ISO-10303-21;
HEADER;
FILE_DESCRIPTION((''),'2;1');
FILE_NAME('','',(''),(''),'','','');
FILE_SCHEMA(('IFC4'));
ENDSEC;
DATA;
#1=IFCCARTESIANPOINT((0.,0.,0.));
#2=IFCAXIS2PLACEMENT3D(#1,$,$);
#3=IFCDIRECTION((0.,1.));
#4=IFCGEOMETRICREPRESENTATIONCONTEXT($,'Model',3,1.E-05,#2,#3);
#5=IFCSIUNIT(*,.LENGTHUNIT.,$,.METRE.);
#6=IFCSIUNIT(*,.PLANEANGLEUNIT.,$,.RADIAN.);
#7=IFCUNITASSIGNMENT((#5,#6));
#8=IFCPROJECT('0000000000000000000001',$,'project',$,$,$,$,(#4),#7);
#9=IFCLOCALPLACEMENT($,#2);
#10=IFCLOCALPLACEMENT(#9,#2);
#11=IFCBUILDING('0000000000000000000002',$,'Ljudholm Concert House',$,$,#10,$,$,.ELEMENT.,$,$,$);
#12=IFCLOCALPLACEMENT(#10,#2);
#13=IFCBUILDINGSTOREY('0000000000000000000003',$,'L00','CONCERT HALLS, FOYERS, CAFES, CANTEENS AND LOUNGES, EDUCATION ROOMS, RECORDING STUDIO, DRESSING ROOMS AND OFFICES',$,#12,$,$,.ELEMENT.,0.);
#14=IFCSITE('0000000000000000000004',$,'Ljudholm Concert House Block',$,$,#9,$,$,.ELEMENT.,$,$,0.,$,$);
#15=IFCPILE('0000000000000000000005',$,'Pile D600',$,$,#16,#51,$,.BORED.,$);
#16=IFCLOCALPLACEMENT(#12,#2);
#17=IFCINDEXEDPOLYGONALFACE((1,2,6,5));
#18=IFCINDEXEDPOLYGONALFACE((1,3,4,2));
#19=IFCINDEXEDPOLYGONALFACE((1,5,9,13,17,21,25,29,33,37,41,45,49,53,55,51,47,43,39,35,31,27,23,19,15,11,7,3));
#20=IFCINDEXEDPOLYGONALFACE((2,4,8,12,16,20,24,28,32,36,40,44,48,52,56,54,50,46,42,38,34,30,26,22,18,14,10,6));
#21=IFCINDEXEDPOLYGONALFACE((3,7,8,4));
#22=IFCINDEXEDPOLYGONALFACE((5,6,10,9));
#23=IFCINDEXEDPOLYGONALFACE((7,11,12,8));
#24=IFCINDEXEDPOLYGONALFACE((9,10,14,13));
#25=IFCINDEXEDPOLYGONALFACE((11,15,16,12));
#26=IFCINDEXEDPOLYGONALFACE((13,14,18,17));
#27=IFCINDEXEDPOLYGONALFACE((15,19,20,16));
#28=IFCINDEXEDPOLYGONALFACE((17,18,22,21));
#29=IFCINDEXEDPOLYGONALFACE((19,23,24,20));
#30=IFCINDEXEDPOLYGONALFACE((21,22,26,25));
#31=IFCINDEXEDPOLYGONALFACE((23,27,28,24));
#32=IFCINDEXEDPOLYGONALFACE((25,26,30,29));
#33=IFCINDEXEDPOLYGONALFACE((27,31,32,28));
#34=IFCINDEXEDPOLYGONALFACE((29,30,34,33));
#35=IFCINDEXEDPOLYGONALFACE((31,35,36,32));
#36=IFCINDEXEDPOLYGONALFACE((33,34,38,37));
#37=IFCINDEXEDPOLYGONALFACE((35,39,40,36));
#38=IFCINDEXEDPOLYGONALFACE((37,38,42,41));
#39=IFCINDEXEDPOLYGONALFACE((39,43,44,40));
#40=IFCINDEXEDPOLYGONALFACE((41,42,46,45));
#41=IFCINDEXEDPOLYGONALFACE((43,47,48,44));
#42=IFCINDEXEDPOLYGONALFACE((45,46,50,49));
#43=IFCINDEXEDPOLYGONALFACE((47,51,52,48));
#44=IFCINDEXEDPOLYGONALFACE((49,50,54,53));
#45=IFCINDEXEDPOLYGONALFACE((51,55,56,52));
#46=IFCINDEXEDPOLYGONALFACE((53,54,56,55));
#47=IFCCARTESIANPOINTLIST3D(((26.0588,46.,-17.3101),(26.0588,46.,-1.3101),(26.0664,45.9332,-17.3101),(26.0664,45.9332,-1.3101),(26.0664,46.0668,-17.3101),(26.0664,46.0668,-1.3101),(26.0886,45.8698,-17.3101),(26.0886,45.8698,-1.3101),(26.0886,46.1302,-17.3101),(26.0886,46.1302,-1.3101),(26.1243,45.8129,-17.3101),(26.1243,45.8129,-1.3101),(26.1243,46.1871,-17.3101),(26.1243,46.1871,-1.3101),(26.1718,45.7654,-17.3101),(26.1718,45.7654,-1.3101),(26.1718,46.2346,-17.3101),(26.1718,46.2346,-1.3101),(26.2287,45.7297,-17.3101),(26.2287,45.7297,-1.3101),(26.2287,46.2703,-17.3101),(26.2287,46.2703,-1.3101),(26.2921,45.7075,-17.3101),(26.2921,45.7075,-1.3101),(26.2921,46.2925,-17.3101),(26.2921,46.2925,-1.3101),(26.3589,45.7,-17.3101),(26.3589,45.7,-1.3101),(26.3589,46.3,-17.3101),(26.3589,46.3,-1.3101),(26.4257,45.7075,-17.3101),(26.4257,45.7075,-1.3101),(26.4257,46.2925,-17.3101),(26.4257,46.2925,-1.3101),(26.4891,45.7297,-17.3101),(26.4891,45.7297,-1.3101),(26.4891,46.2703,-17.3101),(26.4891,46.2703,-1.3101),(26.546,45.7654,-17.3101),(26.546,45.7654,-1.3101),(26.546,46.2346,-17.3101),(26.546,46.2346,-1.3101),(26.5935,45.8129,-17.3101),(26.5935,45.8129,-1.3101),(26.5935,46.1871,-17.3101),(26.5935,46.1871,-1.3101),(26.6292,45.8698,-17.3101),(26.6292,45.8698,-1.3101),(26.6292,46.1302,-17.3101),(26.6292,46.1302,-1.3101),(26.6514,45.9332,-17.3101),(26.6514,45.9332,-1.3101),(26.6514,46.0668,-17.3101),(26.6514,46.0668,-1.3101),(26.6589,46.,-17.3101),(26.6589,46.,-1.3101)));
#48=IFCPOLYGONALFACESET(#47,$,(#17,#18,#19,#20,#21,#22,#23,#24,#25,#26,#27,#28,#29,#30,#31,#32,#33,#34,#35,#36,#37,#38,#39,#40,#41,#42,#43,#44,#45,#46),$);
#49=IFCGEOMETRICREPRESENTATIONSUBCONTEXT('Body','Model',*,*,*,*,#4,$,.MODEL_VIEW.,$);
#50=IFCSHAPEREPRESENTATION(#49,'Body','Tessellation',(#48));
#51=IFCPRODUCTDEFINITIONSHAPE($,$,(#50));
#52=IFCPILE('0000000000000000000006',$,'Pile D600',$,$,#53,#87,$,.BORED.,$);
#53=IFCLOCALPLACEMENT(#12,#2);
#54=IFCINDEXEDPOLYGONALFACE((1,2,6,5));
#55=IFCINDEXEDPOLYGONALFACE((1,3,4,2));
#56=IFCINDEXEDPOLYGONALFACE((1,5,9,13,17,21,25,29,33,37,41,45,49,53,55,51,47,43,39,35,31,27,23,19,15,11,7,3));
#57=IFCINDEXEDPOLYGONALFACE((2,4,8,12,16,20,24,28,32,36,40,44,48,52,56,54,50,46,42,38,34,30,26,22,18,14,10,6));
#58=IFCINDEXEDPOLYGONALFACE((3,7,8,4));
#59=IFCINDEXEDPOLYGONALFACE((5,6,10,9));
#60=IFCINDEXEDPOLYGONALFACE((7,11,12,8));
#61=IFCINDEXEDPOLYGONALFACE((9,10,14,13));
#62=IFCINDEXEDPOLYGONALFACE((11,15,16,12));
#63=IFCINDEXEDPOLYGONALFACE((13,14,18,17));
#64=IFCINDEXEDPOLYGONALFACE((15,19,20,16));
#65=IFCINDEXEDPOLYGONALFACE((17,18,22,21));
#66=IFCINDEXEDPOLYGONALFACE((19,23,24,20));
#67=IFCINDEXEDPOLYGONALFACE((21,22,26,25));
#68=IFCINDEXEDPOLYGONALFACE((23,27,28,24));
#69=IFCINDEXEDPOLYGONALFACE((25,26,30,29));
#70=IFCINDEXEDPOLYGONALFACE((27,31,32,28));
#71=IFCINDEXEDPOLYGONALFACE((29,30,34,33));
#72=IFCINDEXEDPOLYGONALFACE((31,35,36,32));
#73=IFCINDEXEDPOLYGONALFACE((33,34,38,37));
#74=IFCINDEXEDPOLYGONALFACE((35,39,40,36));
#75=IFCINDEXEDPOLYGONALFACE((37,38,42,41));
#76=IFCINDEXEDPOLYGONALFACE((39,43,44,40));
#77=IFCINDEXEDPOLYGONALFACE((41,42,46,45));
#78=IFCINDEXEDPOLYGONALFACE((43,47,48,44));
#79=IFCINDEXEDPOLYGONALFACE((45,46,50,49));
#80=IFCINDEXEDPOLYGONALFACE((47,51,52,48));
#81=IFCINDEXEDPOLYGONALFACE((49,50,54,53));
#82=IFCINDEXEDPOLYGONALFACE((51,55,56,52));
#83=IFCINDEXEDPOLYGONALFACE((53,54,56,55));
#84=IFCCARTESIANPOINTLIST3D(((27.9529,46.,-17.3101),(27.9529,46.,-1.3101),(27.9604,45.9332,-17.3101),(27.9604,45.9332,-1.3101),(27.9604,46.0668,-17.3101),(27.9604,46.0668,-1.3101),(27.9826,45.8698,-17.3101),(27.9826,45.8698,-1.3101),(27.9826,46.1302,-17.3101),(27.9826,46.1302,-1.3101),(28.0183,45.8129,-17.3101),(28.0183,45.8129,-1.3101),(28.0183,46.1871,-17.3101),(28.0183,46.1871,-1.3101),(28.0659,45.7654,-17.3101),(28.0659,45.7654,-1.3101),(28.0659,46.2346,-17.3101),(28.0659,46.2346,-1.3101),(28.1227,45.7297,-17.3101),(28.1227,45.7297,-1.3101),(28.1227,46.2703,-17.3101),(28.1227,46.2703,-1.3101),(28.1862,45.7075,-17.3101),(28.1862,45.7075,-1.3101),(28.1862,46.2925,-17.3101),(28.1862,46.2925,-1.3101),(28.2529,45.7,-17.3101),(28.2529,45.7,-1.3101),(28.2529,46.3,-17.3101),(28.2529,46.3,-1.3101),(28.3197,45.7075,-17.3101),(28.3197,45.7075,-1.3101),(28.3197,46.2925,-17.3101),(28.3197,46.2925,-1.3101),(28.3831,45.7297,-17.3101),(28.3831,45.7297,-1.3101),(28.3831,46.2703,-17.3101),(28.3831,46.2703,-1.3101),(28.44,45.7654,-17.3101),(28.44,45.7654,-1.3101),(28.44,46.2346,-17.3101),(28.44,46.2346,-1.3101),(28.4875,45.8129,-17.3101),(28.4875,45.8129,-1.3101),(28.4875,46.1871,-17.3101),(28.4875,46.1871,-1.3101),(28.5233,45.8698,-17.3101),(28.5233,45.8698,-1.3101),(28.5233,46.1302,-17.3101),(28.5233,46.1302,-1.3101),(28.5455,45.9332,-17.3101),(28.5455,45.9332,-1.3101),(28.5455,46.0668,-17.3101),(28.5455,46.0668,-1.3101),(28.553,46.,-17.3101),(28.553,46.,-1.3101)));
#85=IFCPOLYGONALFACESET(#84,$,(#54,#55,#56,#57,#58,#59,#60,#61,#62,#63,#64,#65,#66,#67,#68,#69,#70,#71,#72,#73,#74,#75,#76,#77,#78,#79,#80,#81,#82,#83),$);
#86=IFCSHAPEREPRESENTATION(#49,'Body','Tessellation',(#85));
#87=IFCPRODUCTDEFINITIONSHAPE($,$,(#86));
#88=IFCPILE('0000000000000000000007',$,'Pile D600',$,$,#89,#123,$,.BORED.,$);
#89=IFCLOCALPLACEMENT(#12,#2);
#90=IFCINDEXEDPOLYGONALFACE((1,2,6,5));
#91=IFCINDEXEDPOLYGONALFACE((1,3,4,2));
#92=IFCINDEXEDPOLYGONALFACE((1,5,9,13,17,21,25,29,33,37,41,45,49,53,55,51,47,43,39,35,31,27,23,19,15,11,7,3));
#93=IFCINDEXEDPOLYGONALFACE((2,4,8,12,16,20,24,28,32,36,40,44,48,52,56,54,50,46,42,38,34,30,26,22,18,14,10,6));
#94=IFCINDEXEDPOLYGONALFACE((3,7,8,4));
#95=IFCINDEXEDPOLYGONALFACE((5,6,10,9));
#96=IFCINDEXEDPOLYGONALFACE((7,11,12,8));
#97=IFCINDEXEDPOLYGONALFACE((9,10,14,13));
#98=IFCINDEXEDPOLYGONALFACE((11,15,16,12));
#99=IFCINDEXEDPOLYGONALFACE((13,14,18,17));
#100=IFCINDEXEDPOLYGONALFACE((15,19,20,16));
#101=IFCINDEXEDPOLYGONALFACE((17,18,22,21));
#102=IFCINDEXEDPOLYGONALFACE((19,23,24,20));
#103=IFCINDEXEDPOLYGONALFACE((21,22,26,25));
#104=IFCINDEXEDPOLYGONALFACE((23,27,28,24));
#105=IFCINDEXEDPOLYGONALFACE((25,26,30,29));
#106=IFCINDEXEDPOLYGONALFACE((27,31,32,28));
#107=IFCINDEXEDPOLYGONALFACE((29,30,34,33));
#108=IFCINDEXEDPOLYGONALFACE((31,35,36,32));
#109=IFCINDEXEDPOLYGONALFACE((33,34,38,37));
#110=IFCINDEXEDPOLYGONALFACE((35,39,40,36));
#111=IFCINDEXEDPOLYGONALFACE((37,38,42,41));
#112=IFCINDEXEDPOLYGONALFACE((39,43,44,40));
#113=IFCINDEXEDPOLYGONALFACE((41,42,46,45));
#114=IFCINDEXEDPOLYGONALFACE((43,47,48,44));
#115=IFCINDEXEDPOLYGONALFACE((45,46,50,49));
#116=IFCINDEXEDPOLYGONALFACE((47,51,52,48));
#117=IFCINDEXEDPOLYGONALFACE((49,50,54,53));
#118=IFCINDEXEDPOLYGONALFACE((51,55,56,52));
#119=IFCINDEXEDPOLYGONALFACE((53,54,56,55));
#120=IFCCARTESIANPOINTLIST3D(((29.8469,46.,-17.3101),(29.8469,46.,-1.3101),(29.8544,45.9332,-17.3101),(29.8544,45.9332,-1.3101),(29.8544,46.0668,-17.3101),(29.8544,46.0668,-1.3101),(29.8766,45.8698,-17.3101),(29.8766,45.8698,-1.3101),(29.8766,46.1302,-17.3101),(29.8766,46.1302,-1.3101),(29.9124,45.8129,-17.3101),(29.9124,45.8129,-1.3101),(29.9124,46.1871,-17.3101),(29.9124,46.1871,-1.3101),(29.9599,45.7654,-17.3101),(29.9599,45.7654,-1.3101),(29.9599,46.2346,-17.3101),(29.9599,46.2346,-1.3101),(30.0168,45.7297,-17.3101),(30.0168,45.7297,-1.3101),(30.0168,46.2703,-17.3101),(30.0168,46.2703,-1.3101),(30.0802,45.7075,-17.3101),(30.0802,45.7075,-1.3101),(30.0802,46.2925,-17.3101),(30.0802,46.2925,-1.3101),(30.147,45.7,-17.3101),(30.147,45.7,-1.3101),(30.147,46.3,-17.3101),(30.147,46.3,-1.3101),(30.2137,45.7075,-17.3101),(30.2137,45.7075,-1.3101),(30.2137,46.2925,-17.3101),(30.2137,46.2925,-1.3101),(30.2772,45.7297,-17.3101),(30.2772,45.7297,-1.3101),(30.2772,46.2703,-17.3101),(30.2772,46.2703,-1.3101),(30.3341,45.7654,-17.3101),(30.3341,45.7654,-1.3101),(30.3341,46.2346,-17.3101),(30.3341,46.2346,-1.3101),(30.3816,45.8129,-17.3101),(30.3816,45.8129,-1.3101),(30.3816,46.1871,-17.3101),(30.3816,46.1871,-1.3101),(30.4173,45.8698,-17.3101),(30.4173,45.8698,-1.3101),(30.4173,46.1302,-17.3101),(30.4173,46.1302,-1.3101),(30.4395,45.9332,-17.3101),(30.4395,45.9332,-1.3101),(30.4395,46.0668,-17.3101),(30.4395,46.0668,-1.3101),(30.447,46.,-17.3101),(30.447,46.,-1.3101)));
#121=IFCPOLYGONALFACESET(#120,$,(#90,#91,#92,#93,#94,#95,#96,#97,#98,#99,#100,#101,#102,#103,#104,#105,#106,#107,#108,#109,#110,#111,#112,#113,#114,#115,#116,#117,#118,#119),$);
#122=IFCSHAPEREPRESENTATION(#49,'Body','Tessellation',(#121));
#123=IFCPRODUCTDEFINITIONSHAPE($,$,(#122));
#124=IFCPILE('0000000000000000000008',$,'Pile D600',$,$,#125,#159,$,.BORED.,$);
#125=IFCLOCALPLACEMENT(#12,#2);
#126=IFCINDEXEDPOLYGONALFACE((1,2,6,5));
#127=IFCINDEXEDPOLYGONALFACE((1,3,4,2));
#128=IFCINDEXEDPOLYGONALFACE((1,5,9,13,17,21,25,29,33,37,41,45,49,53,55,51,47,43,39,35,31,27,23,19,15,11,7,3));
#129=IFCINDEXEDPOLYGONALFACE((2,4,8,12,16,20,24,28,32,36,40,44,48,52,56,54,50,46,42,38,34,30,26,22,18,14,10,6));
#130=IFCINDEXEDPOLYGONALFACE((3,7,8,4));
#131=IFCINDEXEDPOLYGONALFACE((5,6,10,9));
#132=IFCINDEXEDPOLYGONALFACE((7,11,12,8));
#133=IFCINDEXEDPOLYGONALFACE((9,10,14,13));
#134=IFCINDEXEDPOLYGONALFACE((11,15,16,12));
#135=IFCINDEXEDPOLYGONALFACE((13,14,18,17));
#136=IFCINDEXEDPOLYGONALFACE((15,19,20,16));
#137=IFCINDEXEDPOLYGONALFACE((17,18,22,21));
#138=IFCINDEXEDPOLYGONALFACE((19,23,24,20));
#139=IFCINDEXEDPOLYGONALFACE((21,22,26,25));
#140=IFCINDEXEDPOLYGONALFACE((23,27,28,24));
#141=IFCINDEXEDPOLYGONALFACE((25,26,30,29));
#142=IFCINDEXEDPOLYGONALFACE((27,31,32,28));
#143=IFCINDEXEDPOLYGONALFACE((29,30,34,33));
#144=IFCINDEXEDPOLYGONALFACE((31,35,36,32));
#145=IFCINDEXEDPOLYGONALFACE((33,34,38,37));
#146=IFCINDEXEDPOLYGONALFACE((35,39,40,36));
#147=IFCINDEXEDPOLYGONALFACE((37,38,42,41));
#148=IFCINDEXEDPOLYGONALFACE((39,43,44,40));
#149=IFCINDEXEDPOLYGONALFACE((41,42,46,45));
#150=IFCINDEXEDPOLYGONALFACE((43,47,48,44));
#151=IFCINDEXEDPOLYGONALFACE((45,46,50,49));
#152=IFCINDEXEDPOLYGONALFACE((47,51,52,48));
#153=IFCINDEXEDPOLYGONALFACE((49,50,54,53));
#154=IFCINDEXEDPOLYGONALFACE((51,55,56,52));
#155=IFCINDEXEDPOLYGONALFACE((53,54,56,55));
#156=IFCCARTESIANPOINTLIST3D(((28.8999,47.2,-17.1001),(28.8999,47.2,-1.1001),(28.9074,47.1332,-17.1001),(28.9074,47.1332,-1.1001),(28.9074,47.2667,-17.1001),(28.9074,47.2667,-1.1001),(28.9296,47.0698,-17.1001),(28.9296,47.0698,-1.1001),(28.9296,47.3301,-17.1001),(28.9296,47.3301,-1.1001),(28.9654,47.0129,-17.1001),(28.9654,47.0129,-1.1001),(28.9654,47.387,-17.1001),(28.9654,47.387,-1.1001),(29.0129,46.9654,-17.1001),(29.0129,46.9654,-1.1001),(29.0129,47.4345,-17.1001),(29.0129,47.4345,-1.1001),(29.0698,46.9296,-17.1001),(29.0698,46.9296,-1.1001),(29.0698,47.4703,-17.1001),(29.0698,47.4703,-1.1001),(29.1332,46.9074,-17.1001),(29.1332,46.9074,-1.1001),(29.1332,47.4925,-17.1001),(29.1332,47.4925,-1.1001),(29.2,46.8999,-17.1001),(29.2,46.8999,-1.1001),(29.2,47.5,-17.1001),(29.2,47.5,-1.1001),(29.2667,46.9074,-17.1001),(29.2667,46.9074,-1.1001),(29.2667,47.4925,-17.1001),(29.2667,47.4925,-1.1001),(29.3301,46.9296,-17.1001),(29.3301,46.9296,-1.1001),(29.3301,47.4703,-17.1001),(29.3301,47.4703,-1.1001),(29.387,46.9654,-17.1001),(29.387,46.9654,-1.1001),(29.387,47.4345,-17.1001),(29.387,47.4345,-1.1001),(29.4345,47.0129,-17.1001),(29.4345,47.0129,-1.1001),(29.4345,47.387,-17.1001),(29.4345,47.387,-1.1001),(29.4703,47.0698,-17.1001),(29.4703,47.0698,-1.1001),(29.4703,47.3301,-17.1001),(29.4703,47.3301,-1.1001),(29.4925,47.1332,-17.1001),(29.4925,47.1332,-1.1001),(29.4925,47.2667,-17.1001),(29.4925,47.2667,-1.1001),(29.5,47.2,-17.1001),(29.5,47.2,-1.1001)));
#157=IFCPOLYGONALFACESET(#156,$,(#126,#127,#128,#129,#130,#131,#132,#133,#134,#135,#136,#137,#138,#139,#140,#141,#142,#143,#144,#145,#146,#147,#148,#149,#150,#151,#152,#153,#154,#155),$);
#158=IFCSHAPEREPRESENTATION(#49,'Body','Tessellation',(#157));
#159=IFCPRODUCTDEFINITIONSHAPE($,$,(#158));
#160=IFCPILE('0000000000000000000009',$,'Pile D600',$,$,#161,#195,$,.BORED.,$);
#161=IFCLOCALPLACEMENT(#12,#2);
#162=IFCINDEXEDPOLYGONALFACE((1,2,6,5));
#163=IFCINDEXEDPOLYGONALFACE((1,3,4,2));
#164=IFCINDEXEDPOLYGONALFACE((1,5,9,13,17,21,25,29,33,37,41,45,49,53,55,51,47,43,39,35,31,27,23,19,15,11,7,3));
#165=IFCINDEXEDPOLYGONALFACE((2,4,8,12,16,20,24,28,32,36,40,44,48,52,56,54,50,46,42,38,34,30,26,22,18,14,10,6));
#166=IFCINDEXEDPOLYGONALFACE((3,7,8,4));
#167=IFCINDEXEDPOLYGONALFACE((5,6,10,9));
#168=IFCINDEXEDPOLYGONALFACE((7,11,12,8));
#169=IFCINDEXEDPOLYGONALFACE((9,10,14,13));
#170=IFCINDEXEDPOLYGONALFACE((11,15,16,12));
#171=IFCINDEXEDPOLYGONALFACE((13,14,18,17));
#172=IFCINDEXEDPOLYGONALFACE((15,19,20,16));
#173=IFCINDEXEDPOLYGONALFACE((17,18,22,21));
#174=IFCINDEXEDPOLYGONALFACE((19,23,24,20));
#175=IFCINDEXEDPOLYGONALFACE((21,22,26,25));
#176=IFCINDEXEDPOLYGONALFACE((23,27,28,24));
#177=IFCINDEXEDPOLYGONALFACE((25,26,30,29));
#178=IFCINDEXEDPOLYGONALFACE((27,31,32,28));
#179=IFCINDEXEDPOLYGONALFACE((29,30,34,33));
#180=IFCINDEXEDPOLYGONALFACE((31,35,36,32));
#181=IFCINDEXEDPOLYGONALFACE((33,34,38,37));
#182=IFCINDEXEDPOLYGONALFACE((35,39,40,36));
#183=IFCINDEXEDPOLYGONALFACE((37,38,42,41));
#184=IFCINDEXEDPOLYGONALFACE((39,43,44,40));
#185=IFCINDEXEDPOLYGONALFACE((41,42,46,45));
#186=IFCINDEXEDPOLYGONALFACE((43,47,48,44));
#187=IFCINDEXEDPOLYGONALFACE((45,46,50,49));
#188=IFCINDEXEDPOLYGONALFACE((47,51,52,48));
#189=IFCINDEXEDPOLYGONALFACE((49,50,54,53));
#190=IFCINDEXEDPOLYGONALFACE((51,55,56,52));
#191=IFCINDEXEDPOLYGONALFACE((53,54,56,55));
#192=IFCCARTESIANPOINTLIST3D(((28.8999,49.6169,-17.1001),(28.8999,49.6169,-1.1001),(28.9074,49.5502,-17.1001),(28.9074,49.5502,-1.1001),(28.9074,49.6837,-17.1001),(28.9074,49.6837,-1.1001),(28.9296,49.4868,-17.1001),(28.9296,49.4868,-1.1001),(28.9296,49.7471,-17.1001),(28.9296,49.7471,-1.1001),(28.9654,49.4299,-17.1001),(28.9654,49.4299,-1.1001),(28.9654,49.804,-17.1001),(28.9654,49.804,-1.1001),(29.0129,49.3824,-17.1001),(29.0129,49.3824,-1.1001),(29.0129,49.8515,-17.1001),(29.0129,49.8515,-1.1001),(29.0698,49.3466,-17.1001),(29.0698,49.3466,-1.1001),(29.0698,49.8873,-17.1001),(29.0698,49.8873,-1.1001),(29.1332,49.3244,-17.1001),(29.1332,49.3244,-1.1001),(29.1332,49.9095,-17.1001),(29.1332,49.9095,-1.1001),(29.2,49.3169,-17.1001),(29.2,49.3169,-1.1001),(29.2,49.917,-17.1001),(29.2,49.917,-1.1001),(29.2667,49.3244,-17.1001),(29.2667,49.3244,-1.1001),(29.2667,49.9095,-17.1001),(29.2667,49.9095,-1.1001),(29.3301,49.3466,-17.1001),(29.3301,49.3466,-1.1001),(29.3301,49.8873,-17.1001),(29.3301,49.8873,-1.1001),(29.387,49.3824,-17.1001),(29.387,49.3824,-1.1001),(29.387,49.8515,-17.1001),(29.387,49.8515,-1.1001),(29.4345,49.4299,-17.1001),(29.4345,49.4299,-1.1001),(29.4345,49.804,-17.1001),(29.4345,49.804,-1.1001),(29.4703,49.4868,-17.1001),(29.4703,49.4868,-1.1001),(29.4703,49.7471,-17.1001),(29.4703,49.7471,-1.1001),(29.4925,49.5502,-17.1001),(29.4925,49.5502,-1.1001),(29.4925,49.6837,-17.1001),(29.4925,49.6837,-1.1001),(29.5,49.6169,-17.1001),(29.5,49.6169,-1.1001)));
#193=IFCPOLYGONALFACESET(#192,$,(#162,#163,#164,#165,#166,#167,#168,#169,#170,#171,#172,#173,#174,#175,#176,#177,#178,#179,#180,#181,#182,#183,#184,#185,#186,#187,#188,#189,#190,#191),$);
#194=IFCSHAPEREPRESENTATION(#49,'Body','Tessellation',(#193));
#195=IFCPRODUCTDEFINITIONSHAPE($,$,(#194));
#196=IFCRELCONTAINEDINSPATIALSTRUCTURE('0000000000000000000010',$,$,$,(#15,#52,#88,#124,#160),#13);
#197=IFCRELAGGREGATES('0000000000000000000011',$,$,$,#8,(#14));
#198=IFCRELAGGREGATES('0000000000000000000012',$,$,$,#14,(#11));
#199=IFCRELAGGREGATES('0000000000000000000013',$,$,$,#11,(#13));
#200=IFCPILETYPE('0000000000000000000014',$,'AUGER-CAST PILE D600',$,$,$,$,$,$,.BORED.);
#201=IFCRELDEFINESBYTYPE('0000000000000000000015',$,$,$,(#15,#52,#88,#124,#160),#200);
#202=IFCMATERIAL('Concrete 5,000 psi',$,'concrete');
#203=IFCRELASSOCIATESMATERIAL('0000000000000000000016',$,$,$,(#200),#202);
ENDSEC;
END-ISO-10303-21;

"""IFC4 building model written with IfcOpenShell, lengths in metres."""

from ifc_helpers import new_model, si_unit, direction, frame, origin, origin_2d, place, context, subcontext, project, spatial, circle, extrude, material, material_profile, profile_set, type_object, element, save


model = new_model("IFC4")

# Units and contexts
model_context = context("Model", 3, precision=1e-05, world=origin(), true_north=direction((0.0, 1.0)))
body_context = subcontext(model_context, "Body", "Model", "MODEL_VIEW")
ifc_project = project(units=[si_unit("LENGTHUNIT", "METRE"), si_unit("PLANEANGLEUNIT", "RADIAN")], contexts=[model_context])

# Site, building, storey
site_placement = place(None, origin())
site = spatial("IfcSite", under=ifc_project, at=site_placement, Name="Ljudholm Concert House Block", CompositionType="ELEMENT", RefElevation=0.0)
building_placement = place(site_placement, origin())
building = spatial("IfcBuilding", under=site, at=building_placement, Name="Ljudholm Concert House", CompositionType="ELEMENT")
storey_placement = place(building_placement, origin())
storey = spatial("IfcBuildingStorey", under=building, at=storey_placement, Name="L00", Description="CONCERT HALLS, FOYERS, CAFES, CANTEENS AND LOUNGES, EDUCATION ROOMS, RECORDING STUDIO, DRESSING ROOMS AND OFFICES", CompositionType="ELEMENT", Elevation=0.0)

# Piles
ifc_material_1 = material(Name="Concrete 5,000 psi", Category="concrete")
ifc_material_profile_1 = material_profile(ifc_material_1, circle(Radius=0.3, at=origin_2d()), Name="AUGER-CAST PILE D600")
ifc_profile_set_1 = profile_set([ifc_material_profile_1], Name="Concrete 5,000 psi")
pile_type_1 = type_object("IfcPileType", Name="AUGER-CAST PILE D600", PredefinedType="BORED", material=ifc_profile_set_1)
for number, where, z_axis, x_axis, name in (
    (1, (26.3589, 46.0, -1.3101), (0.0, 0.0, -1.0), (1.0, 0.0, 0.0), "Pile D600"),
    (2, (28.2529, 46.0, -1.3101), (0.0, 0.0, -1.0), (1.0, 0.0, 0.0), "Pile D600"),
    (3, (30.147, 46.0, -1.3101), (0.0, 0.0, -1.0), (1.0, 0.0, 0.0), "Pile D600"),
    (4, (29.2, 47.2, -1.1001), (0.0, 0.0, -1.0), (1.0, 0.0, 0.0), "Pile D600"),
    (5, (29.2, 49.6169, -1.1001), (0.0, 0.0, -1.0), (1.0, 0.0, 0.0), "Pile D600"),
):
    element("IfcPile", number, at=place(storey_placement, frame(where, z_axis=z_axis, x_axis=x_axis)), inside=storey, type_object=pile_type_1, Name=name, PredefinedType="BORED", context=body_context, shape_type="SweptSolid", body=[
        extrude(circle(Radius=0.3, at=origin_2d()), origin(), (0.0, 0.0, 1.0), 16.0),
    ])

save(model, "model.ifc")
